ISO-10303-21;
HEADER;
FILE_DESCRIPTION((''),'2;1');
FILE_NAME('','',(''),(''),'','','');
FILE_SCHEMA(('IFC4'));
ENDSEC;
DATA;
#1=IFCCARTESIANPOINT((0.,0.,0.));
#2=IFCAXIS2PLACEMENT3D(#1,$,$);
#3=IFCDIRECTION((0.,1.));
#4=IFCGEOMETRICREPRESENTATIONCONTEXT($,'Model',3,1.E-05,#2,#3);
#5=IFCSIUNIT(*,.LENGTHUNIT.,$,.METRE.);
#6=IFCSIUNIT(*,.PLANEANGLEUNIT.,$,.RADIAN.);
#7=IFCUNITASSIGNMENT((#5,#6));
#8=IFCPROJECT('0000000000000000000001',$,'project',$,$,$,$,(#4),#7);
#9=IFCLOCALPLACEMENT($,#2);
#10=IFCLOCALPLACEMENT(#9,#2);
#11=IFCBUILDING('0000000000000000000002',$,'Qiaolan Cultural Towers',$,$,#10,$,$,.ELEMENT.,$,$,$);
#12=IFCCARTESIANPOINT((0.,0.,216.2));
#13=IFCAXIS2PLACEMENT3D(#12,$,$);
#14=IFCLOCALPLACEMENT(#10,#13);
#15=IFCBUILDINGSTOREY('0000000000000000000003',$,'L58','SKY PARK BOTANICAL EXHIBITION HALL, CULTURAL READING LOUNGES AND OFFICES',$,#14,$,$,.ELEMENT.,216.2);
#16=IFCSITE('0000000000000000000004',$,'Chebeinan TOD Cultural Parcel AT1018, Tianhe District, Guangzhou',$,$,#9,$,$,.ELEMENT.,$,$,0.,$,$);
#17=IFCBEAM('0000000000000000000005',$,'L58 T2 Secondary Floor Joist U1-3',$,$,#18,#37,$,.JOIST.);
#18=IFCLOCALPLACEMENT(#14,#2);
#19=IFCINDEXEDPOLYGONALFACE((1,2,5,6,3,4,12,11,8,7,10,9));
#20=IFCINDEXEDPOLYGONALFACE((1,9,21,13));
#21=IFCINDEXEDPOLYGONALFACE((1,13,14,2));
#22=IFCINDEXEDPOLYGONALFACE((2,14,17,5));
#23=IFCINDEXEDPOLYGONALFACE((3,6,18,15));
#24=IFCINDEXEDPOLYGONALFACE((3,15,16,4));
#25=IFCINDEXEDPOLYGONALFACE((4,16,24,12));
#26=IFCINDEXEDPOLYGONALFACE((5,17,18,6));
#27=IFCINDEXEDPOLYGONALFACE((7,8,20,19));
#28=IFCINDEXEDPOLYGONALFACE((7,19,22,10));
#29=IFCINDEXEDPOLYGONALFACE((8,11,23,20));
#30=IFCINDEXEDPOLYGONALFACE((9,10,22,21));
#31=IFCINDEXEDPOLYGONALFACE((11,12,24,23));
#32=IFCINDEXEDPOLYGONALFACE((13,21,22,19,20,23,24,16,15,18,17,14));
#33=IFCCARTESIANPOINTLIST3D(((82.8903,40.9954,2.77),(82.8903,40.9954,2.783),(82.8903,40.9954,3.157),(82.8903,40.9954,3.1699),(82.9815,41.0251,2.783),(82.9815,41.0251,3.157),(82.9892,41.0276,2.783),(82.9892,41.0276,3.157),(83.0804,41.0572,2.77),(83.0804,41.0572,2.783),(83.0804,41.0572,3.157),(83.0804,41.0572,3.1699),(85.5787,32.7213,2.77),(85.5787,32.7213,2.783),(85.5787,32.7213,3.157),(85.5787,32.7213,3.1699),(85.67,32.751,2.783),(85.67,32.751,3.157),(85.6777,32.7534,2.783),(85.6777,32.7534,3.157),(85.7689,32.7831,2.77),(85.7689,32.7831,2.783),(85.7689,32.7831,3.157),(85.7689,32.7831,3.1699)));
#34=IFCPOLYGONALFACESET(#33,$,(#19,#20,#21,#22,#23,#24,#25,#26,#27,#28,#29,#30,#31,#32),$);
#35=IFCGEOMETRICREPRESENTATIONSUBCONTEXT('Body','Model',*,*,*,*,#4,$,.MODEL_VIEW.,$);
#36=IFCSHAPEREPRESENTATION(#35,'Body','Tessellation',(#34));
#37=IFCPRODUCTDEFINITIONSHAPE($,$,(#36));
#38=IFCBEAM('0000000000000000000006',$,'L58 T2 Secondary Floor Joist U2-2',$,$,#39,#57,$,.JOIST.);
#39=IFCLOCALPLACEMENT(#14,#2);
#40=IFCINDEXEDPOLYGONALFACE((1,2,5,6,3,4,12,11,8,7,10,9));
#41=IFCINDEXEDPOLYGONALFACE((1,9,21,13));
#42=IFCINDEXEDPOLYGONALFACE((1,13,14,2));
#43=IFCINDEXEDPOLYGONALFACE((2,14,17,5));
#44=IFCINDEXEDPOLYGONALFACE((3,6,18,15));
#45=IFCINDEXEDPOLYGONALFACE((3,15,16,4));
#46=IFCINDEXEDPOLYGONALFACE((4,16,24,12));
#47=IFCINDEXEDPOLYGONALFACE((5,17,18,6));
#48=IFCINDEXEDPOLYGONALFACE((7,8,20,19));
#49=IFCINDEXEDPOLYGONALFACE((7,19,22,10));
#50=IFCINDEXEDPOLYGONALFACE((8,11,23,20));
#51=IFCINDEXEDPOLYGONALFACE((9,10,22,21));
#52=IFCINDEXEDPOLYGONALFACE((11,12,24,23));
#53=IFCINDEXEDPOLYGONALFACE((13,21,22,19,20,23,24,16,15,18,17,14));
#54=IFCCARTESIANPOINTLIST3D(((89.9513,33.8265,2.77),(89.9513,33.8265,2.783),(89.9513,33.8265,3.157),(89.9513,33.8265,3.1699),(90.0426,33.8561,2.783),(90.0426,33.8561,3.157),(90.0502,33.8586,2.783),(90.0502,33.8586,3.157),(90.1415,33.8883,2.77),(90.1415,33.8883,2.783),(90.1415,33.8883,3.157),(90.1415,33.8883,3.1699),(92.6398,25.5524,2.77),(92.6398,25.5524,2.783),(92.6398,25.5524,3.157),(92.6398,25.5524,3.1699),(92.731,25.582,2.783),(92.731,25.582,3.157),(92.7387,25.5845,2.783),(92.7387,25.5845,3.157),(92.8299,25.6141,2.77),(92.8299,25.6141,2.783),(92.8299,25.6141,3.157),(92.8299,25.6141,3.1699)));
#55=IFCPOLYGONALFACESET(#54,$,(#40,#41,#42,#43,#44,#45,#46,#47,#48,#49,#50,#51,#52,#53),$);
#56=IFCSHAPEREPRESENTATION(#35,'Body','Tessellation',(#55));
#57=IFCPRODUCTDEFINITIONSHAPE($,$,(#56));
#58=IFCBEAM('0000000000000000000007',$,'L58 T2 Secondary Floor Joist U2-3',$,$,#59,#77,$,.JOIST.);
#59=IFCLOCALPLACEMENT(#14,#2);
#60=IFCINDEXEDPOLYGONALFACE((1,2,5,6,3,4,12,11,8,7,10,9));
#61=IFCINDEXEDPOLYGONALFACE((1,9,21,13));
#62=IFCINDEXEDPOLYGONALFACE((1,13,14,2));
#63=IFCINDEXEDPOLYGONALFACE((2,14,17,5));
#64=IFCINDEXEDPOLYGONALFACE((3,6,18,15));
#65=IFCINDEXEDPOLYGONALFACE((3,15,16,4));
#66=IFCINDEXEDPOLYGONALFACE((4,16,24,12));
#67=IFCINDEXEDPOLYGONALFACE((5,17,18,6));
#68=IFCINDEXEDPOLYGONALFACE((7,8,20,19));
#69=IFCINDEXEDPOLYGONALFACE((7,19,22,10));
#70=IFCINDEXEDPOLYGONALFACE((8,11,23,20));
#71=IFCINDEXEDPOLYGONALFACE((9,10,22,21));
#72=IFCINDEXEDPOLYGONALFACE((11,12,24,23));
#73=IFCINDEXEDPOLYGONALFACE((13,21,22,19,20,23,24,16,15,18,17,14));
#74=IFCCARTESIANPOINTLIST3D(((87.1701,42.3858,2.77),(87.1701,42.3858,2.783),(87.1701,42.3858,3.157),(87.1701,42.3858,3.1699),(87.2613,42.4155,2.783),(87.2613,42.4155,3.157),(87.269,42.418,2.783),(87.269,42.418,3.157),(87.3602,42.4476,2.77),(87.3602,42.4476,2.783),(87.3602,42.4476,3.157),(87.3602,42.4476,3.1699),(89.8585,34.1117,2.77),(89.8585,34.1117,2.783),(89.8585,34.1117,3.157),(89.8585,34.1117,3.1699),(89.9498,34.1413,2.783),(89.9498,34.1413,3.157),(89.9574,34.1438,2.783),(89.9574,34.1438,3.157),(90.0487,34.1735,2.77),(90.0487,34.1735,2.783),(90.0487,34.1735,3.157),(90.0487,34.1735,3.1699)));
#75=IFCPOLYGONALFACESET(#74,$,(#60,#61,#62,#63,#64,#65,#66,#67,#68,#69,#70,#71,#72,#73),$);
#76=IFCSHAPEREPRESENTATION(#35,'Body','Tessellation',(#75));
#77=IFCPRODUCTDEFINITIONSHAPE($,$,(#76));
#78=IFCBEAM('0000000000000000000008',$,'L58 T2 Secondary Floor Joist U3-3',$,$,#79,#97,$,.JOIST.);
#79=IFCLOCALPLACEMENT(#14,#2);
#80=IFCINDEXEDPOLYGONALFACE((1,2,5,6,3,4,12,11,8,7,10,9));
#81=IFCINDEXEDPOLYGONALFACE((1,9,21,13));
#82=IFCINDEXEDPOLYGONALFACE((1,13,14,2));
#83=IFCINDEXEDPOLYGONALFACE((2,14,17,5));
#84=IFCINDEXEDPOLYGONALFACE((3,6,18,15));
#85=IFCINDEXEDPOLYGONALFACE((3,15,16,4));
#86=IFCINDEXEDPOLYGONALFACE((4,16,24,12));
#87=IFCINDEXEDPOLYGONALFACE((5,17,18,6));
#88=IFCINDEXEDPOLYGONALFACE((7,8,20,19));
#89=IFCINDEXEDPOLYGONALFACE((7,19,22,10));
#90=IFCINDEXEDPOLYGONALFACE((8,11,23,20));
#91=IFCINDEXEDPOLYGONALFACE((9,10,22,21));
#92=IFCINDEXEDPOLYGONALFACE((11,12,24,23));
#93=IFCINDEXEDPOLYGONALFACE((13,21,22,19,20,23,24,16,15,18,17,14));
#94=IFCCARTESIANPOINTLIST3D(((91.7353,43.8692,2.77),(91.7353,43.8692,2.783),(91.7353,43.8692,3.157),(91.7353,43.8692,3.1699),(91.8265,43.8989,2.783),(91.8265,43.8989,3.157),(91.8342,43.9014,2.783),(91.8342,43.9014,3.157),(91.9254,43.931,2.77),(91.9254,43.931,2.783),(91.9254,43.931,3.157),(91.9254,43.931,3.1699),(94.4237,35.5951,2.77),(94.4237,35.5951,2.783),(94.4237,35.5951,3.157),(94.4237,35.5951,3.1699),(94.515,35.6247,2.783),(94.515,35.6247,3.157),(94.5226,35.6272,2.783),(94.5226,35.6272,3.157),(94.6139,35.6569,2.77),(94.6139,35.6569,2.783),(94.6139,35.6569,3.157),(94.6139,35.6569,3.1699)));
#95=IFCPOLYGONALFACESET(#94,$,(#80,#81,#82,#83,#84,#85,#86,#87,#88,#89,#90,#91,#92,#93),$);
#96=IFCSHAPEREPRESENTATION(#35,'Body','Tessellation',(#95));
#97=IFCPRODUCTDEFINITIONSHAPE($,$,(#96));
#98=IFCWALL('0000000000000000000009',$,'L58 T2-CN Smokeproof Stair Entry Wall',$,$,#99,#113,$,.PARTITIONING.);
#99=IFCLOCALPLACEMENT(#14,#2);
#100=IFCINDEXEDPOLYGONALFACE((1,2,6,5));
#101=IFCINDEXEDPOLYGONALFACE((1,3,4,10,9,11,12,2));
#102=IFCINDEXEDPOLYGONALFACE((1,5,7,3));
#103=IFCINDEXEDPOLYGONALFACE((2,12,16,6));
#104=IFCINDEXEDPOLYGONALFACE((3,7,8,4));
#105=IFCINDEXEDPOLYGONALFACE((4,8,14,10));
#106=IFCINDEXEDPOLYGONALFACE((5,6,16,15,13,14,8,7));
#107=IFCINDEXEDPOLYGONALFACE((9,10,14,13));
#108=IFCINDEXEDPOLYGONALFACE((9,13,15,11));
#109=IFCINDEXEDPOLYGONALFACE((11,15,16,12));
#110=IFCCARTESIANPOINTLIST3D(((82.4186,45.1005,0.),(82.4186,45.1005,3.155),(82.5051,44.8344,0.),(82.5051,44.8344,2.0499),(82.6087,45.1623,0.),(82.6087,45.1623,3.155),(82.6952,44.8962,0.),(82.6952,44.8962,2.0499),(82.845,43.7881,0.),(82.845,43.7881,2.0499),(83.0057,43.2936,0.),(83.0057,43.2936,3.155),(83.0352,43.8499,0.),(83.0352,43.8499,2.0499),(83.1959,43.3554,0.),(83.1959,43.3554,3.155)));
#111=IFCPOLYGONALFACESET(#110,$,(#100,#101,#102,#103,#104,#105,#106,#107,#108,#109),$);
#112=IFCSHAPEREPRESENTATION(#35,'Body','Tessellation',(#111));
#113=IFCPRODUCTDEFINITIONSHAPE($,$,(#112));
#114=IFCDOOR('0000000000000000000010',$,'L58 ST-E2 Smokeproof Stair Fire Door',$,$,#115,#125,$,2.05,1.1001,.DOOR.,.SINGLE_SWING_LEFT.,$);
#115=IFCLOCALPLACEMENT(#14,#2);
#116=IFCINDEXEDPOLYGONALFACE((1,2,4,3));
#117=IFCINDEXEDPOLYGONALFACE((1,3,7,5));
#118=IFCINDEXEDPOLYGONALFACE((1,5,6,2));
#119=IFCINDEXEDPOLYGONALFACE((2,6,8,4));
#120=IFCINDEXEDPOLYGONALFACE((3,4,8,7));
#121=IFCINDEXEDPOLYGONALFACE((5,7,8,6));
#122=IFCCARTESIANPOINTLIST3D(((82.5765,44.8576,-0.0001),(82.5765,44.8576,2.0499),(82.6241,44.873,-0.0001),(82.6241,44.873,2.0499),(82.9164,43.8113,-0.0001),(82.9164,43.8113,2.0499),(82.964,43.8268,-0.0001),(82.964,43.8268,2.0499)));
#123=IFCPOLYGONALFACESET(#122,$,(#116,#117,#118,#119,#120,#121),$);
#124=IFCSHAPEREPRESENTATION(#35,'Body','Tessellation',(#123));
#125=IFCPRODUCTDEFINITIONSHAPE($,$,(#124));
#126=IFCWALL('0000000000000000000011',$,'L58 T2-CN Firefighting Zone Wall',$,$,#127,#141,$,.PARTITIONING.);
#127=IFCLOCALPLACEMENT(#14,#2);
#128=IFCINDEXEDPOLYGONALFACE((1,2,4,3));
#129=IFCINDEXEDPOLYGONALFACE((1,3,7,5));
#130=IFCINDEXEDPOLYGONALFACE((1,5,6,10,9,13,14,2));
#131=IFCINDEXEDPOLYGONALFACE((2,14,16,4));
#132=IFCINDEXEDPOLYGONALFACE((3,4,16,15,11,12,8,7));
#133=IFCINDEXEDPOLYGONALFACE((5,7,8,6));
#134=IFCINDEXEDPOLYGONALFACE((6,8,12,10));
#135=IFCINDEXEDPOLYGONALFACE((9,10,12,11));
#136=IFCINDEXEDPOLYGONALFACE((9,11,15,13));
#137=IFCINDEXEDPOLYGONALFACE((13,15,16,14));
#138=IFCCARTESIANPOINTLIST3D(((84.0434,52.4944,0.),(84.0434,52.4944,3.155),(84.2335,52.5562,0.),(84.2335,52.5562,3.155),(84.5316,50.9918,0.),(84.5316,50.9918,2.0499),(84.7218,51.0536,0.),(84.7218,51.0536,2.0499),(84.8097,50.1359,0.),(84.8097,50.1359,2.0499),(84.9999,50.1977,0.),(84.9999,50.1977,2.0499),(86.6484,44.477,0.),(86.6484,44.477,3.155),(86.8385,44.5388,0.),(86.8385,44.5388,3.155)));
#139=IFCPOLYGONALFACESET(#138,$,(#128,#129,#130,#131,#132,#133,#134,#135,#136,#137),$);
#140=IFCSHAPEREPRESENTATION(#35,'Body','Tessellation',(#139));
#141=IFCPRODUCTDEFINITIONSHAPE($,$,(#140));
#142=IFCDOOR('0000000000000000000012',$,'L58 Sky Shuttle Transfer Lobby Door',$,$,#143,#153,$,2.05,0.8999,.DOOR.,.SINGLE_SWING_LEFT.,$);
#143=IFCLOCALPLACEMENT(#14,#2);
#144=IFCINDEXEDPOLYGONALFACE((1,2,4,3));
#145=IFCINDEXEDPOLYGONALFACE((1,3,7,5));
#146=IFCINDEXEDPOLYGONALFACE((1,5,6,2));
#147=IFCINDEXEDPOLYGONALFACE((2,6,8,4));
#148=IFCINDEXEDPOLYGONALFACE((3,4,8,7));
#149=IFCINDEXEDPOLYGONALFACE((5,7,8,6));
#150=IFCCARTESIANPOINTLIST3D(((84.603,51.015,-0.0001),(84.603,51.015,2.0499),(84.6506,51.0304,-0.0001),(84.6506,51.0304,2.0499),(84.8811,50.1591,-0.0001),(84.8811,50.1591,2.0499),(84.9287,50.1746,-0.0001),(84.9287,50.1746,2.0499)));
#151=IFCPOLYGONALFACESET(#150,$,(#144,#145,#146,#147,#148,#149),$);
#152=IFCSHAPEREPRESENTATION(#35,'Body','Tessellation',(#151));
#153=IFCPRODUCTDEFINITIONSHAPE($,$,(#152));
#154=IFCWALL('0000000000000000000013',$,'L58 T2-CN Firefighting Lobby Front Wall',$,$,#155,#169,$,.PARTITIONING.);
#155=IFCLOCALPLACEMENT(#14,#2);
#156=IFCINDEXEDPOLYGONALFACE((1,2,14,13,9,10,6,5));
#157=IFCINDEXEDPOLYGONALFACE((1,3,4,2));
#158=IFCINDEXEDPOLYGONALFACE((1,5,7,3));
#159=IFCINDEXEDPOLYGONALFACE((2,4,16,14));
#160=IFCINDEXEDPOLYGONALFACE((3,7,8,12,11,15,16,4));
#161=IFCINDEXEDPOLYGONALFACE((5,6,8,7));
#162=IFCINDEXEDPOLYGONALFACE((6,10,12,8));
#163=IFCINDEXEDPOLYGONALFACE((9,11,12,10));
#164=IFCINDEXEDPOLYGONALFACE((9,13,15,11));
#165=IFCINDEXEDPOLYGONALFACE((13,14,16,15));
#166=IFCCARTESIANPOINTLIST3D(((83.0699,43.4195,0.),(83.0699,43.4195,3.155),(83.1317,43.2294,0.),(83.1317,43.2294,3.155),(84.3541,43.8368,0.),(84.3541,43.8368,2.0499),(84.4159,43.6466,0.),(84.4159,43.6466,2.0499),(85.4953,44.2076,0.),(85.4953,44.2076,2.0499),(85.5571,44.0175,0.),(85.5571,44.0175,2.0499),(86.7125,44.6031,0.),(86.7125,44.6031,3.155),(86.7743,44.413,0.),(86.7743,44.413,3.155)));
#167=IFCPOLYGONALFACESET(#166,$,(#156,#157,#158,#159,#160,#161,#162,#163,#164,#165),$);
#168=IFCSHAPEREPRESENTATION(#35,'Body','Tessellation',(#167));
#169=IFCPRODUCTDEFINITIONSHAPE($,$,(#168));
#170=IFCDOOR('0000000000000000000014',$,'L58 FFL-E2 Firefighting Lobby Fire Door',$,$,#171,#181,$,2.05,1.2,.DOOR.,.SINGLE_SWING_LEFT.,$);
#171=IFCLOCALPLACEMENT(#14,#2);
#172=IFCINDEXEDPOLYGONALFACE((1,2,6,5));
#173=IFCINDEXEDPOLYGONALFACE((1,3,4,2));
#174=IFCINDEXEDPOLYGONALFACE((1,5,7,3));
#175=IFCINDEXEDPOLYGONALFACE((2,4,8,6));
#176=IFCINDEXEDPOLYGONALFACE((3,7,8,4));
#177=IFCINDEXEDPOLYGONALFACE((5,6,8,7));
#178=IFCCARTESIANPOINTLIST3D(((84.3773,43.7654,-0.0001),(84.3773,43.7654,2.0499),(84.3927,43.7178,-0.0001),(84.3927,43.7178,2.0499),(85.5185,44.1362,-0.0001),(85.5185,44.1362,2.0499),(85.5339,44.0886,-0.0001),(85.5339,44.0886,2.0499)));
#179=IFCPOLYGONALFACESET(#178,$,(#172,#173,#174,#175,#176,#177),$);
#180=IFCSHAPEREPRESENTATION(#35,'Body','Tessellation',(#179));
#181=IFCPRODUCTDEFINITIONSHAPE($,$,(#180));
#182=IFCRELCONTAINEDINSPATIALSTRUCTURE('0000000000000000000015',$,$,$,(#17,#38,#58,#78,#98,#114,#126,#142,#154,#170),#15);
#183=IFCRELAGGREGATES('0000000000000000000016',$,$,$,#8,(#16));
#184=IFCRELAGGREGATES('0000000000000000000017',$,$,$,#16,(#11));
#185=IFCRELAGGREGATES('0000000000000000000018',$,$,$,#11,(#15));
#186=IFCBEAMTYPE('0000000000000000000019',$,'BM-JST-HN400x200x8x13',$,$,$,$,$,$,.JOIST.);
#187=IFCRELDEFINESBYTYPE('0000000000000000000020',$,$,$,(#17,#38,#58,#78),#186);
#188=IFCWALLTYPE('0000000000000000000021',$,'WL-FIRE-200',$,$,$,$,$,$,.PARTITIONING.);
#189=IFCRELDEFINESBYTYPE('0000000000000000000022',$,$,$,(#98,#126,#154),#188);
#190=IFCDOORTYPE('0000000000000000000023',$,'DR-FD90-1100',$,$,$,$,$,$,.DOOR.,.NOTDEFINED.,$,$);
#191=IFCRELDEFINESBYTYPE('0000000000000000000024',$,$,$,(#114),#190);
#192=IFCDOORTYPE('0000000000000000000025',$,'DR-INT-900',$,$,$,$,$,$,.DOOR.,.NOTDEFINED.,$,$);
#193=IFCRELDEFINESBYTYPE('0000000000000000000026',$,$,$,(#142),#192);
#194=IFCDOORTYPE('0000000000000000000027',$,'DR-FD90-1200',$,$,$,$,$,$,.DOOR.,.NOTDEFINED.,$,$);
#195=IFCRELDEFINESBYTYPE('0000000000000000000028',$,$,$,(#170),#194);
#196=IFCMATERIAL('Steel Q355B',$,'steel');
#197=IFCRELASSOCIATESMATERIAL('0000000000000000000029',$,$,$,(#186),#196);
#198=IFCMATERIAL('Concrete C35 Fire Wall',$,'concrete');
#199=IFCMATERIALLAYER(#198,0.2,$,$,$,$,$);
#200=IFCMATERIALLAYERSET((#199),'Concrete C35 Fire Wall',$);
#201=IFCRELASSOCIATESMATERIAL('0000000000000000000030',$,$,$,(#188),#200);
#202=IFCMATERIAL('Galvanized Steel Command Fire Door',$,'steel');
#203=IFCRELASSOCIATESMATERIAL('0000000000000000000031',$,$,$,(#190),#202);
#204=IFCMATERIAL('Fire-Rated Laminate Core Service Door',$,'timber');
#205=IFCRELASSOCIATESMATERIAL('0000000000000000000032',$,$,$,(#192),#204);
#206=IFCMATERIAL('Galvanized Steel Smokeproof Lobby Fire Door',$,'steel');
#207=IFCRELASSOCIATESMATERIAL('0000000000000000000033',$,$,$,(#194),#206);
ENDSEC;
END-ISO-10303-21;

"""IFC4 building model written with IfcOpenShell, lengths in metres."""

from ifc_helpers import new_model, si_unit, direction, frame, frame_2d, origin, origin_2d, place, context, subcontext, project, spatial, rectangle, i_section, extrude, material, layer, layer_set, material_profile, profile_set, type_object, element, fill, save


model = new_model("IFC4")

# Units and contexts
model_context = context("Model", 3, precision=1e-05, world=origin(), true_north=direction((0.0, 1.0)))
body_context = subcontext(model_context, "Body", "Model", "MODEL_VIEW")
ifc_project = project(units=[si_unit("LENGTHUNIT", "METRE"), si_unit("PLANEANGLEUNIT", "RADIAN")], contexts=[model_context])

# Site, building, storey
site_placement = place(None, origin())
site = spatial("IfcSite", under=ifc_project, at=site_placement, Name="Chebeinan TOD Cultural Parcel AT1018, Tianhe District, Guangzhou", CompositionType="ELEMENT", RefElevation=0.0)
building_placement = place(site_placement, origin())
building = spatial("IfcBuilding", under=site, at=building_placement, Name="Qiaolan Cultural Towers", CompositionType="ELEMENT")
storey_placement = place(building_placement, frame((0.0, 0.0, 216.2)))
storey = spatial("IfcBuildingStorey", under=building, at=storey_placement, Name="L58", Description="SKY PARK BOTANICAL EXHIBITION HALL, CULTURAL READING LOUNGES AND OFFICES", CompositionType="ELEMENT", Elevation=216.2)

# Beams
ifc_material_1 = material(Name="Steel Q355B", Category="steel")
ifc_material_profile = material_profile(ifc_material_1, i_section(OverallWidth=0.2, OverallDepth=0.3999, WebThickness=0.0081, FlangeThickness=0.0129, at=origin_2d()), Name="HN400x200x8x13")
ifc_profile_set = profile_set([ifc_material_profile], Name="Steel Q355B")
beam_type = type_object("IfcBeamType", Name="BM-JST-HN400x200x8x13", PredefinedType="JOIST", material=ifc_profile_set)
for number, where, z_axis, x_axis, name in (
    (1, (85.6738, 32.7522, 2.97), (-0.309021, 0.951055, 0.0), (-0.951055, -0.309021, 0.0), "L58 T2 Secondary Floor Joist U1-3"),
    (2, (92.7349, 25.5833, 2.97), (-0.309021, 0.951055, 0.0), (-0.951055, -0.309021, 0.0), "L58 T2 Secondary Floor Joist U2-2"),
    (3, (89.9536, 34.1426, 2.97), (-0.309021, 0.951055, 0.0), (-0.951055, -0.309021, 0.0), "L58 T2 Secondary Floor Joist U2-3"),
    (4, (94.5188, 35.626, 2.97), (-0.309021, 0.951055, 0.0), (-0.951055, -0.309021, 0.0), "L58 T2 Secondary Floor Joist U3-3"),
):
    element("IfcBeam", number, at=place(storey_placement, frame(where, z_axis=z_axis, x_axis=x_axis)), inside=storey, type_object=beam_type, Name=name, PredefinedType="JOIST", context=body_context, shape_type="SweptSolid", body=[
        extrude(i_section(OverallWidth=0.2, OverallDepth=0.3999, WebThickness=0.0081, FlangeThickness=0.0129, at=origin_2d()), origin(), (0.0, 0.0, 1.0), 8.7),
    ])

# Walls, openings, doors
ifc_material_2 = material(Name="Concrete C35 Fire Wall", Category="concrete")
ifc_layer_1 = layer(ifc_material_2, 0.2)
ifc_layer_set_1 = layer_set([ifc_layer_1], Name="Concrete C35 Fire Wall")
wall_type_1 = type_object("IfcWallType", Name="WL-FIRE-200", PredefinedType="PARTITIONING", material=ifc_layer_set_1)
wall_1_placement = place(storey_placement, frame((83.1008, 43.3245, 0.0), z_axis=(0.0, 0.0, 1.0), x_axis=(-0.309048, 0.951046, 0.0)))
wall_1 = element("IfcWall", 5, at=wall_1_placement, inside=storey, type_object=wall_type_1, Name="L58 T2-CN Smokeproof Stair Entry Wall", PredefinedType="PARTITIONING", context=body_context, shape_type="SweptSolid", body=[
    extrude(rectangle(XDim=1.8999, YDim=0.2, at=frame_2d((0.95, 0.0))), origin(), (0.0, 0.0, 1.0), 3.155),
])
opening_1_placement = place(wall_1_placement, frame((0.52, 0.0, 0.0)))
opening_1 = element("IfcOpeningElement", 6, at=opening_1_placement, cuts=wall_1, PredefinedType="OPENING", context=body_context, shape_type="SweptSolid", body=[
    extrude(rectangle(XDim=1.1001, YDim=2.05, at=frame_2d((0.55, 1.0249))), frame((0.0, 0.1099, 0.0), z_axis=(0.0, -1.0, 0.0), x_axis=(1.0, 0.0, 0.0)), (0.0, 0.0, 1.0), 0.22),
])
ifc_material_3 = material(Name="Galvanized Steel Command Fire Door", Category="steel")
door_type_1 = type_object("IfcDoorType", Name="DR-FD90-1100", OperationType="NOTDEFINED", PredefinedType="DOOR", material=ifc_material_3)
door_1_placement = place(opening_1_placement, origin())
door_1 = element("IfcDoor", 7, at=door_1_placement, inside=storey, type_object=door_type_1, Name="L58 ST-E2 Smokeproof Stair Fire Door", OperationType="SINGLE_SWING_LEFT", OverallHeight=2.05, OverallWidth=1.1001, PredefinedType="DOOR", context=body_context, shape_type="SweptSolid", body=[
    extrude(rectangle(XDim=1.1001, YDim=2.05, at=frame_2d((0.55, 1.0249))), frame((0.0, 0.0249, 0.0), z_axis=(0.0, -1.0, 0.0), x_axis=(1.0, 0.0, 0.0)), (0.0, 0.0, 1.0), 0.05),
])
fill(opening_1, door_1)
wall_2_placement = place(storey_placement, frame((86.7434, 44.5081, 0.0), z_axis=(0.0, 0.0, 1.0), x_axis=(-0.309016, 0.951057, 0.0)))
wall_2 = element("IfcWall", 8, at=wall_2_placement, inside=storey, type_object=wall_type_1, Name="L58 T2-CN Firefighting Zone Wall", PredefinedType="PARTITIONING", context=body_context, shape_type="SweptSolid", body=[
    extrude(rectangle(XDim=8.4299, YDim=0.2, at=frame_2d((4.2148, 0.0))), origin(), (0.0, 0.0, 1.0), 3.155),
])
opening_2_placement = place(wall_2_placement, frame((5.95, 0.0, 0.0)))
opening_2 = element("IfcOpeningElement", 9, at=opening_2_placement, cuts=wall_2, PredefinedType="OPENING", context=body_context, shape_type="SweptSolid", body=[
    extrude(rectangle(XDim=0.8999, YDim=2.05, at=frame_2d((0.45, 1.0249))), frame((0.0, 0.1099, 0.0), z_axis=(0.0, -1.0, 0.0), x_axis=(1.0, 0.0, 0.0)), (0.0, 0.0, 1.0), 0.22),
])
ifc_material_4 = material(Name="Fire-Rated Laminate Core Service Door", Category="timber")
door_type_2 = type_object("IfcDoorType", Name="DR-INT-900", OperationType="NOTDEFINED", PredefinedType="DOOR", material=ifc_material_4)
door_2_placement = place(opening_2_placement, origin())
door_2 = element("IfcDoor", 10, at=door_2_placement, inside=storey, type_object=door_type_2, Name="L58 Sky Shuttle Transfer Lobby Door", OperationType="SINGLE_SWING_LEFT", OverallHeight=2.05, OverallWidth=0.8999, PredefinedType="DOOR", context=body_context, shape_type="SweptSolid", body=[
    extrude(rectangle(XDim=0.8999, YDim=2.05, at=frame_2d((0.45, 1.0249))), frame((0.0, 0.0249, 0.0), z_axis=(0.0, -1.0, 0.0), x_axis=(1.0, 0.0, 0.0)), (0.0, 0.0, 1.0), 0.05),
])
fill(opening_2, door_2)
wall_3_placement = place(storey_placement, frame((83.1008, 43.3245, 0.0), z_axis=(0.0, 0.0, 1.0), x_axis=(0.951053, 0.309028, 0.0)))
wall_3 = element("IfcWall", 11, at=wall_3_placement, inside=storey, type_object=wall_type_1, Name="L58 T2-CN Firefighting Lobby Front Wall", PredefinedType="PARTITIONING", context=body_context, shape_type="SweptSolid", body=[
    extrude(rectangle(XDim=3.8301, YDim=0.2, at=frame_2d((1.915, 0.0))), origin(), (0.0, 0.0, 1.0), 3.155),
])
opening_3_placement = place(wall_3_placement, frame((1.3501, 0.0, 0.0)))
opening_3 = element("IfcOpeningElement", 12, at=opening_3_placement, cuts=wall_3, PredefinedType="OPENING", context=body_context, shape_type="SweptSolid", body=[
    extrude(rectangle(XDim=1.2, YDim=2.05, at=frame_2d((0.6001, 1.0249))), frame((0.0, 0.1099, 0.0), z_axis=(0.0, -1.0, 0.0), x_axis=(1.0, 0.0, 0.0)), (0.0, 0.0, 1.0), 0.22),
])
ifc_material_5 = material(Name="Galvanized Steel Smokeproof Lobby Fire Door", Category="steel")
door_type_3 = type_object("IfcDoorType", Name="DR-FD90-1200", OperationType="NOTDEFINED", PredefinedType="DOOR", material=ifc_material_5)
door_3_placement = place(opening_3_placement, origin())
door_3 = element("IfcDoor", 13, at=door_3_placement, inside=storey, type_object=door_type_3, Name="L58 FFL-E2 Firefighting Lobby Fire Door", OperationType="SINGLE_SWING_LEFT", OverallHeight=2.05, OverallWidth=1.2, PredefinedType="DOOR", context=body_context, shape_type="SweptSolid", body=[
    extrude(rectangle(XDim=1.2, YDim=2.05, at=frame_2d((0.6001, 1.0249))), frame((0.0, 0.0249, 0.0), z_axis=(0.0, -1.0, 0.0), x_axis=(1.0, 0.0, 0.0)), (0.0, 0.0, 1.0), 0.05),
])
fill(opening_3, door_3)

save(model, "model.ifc")
